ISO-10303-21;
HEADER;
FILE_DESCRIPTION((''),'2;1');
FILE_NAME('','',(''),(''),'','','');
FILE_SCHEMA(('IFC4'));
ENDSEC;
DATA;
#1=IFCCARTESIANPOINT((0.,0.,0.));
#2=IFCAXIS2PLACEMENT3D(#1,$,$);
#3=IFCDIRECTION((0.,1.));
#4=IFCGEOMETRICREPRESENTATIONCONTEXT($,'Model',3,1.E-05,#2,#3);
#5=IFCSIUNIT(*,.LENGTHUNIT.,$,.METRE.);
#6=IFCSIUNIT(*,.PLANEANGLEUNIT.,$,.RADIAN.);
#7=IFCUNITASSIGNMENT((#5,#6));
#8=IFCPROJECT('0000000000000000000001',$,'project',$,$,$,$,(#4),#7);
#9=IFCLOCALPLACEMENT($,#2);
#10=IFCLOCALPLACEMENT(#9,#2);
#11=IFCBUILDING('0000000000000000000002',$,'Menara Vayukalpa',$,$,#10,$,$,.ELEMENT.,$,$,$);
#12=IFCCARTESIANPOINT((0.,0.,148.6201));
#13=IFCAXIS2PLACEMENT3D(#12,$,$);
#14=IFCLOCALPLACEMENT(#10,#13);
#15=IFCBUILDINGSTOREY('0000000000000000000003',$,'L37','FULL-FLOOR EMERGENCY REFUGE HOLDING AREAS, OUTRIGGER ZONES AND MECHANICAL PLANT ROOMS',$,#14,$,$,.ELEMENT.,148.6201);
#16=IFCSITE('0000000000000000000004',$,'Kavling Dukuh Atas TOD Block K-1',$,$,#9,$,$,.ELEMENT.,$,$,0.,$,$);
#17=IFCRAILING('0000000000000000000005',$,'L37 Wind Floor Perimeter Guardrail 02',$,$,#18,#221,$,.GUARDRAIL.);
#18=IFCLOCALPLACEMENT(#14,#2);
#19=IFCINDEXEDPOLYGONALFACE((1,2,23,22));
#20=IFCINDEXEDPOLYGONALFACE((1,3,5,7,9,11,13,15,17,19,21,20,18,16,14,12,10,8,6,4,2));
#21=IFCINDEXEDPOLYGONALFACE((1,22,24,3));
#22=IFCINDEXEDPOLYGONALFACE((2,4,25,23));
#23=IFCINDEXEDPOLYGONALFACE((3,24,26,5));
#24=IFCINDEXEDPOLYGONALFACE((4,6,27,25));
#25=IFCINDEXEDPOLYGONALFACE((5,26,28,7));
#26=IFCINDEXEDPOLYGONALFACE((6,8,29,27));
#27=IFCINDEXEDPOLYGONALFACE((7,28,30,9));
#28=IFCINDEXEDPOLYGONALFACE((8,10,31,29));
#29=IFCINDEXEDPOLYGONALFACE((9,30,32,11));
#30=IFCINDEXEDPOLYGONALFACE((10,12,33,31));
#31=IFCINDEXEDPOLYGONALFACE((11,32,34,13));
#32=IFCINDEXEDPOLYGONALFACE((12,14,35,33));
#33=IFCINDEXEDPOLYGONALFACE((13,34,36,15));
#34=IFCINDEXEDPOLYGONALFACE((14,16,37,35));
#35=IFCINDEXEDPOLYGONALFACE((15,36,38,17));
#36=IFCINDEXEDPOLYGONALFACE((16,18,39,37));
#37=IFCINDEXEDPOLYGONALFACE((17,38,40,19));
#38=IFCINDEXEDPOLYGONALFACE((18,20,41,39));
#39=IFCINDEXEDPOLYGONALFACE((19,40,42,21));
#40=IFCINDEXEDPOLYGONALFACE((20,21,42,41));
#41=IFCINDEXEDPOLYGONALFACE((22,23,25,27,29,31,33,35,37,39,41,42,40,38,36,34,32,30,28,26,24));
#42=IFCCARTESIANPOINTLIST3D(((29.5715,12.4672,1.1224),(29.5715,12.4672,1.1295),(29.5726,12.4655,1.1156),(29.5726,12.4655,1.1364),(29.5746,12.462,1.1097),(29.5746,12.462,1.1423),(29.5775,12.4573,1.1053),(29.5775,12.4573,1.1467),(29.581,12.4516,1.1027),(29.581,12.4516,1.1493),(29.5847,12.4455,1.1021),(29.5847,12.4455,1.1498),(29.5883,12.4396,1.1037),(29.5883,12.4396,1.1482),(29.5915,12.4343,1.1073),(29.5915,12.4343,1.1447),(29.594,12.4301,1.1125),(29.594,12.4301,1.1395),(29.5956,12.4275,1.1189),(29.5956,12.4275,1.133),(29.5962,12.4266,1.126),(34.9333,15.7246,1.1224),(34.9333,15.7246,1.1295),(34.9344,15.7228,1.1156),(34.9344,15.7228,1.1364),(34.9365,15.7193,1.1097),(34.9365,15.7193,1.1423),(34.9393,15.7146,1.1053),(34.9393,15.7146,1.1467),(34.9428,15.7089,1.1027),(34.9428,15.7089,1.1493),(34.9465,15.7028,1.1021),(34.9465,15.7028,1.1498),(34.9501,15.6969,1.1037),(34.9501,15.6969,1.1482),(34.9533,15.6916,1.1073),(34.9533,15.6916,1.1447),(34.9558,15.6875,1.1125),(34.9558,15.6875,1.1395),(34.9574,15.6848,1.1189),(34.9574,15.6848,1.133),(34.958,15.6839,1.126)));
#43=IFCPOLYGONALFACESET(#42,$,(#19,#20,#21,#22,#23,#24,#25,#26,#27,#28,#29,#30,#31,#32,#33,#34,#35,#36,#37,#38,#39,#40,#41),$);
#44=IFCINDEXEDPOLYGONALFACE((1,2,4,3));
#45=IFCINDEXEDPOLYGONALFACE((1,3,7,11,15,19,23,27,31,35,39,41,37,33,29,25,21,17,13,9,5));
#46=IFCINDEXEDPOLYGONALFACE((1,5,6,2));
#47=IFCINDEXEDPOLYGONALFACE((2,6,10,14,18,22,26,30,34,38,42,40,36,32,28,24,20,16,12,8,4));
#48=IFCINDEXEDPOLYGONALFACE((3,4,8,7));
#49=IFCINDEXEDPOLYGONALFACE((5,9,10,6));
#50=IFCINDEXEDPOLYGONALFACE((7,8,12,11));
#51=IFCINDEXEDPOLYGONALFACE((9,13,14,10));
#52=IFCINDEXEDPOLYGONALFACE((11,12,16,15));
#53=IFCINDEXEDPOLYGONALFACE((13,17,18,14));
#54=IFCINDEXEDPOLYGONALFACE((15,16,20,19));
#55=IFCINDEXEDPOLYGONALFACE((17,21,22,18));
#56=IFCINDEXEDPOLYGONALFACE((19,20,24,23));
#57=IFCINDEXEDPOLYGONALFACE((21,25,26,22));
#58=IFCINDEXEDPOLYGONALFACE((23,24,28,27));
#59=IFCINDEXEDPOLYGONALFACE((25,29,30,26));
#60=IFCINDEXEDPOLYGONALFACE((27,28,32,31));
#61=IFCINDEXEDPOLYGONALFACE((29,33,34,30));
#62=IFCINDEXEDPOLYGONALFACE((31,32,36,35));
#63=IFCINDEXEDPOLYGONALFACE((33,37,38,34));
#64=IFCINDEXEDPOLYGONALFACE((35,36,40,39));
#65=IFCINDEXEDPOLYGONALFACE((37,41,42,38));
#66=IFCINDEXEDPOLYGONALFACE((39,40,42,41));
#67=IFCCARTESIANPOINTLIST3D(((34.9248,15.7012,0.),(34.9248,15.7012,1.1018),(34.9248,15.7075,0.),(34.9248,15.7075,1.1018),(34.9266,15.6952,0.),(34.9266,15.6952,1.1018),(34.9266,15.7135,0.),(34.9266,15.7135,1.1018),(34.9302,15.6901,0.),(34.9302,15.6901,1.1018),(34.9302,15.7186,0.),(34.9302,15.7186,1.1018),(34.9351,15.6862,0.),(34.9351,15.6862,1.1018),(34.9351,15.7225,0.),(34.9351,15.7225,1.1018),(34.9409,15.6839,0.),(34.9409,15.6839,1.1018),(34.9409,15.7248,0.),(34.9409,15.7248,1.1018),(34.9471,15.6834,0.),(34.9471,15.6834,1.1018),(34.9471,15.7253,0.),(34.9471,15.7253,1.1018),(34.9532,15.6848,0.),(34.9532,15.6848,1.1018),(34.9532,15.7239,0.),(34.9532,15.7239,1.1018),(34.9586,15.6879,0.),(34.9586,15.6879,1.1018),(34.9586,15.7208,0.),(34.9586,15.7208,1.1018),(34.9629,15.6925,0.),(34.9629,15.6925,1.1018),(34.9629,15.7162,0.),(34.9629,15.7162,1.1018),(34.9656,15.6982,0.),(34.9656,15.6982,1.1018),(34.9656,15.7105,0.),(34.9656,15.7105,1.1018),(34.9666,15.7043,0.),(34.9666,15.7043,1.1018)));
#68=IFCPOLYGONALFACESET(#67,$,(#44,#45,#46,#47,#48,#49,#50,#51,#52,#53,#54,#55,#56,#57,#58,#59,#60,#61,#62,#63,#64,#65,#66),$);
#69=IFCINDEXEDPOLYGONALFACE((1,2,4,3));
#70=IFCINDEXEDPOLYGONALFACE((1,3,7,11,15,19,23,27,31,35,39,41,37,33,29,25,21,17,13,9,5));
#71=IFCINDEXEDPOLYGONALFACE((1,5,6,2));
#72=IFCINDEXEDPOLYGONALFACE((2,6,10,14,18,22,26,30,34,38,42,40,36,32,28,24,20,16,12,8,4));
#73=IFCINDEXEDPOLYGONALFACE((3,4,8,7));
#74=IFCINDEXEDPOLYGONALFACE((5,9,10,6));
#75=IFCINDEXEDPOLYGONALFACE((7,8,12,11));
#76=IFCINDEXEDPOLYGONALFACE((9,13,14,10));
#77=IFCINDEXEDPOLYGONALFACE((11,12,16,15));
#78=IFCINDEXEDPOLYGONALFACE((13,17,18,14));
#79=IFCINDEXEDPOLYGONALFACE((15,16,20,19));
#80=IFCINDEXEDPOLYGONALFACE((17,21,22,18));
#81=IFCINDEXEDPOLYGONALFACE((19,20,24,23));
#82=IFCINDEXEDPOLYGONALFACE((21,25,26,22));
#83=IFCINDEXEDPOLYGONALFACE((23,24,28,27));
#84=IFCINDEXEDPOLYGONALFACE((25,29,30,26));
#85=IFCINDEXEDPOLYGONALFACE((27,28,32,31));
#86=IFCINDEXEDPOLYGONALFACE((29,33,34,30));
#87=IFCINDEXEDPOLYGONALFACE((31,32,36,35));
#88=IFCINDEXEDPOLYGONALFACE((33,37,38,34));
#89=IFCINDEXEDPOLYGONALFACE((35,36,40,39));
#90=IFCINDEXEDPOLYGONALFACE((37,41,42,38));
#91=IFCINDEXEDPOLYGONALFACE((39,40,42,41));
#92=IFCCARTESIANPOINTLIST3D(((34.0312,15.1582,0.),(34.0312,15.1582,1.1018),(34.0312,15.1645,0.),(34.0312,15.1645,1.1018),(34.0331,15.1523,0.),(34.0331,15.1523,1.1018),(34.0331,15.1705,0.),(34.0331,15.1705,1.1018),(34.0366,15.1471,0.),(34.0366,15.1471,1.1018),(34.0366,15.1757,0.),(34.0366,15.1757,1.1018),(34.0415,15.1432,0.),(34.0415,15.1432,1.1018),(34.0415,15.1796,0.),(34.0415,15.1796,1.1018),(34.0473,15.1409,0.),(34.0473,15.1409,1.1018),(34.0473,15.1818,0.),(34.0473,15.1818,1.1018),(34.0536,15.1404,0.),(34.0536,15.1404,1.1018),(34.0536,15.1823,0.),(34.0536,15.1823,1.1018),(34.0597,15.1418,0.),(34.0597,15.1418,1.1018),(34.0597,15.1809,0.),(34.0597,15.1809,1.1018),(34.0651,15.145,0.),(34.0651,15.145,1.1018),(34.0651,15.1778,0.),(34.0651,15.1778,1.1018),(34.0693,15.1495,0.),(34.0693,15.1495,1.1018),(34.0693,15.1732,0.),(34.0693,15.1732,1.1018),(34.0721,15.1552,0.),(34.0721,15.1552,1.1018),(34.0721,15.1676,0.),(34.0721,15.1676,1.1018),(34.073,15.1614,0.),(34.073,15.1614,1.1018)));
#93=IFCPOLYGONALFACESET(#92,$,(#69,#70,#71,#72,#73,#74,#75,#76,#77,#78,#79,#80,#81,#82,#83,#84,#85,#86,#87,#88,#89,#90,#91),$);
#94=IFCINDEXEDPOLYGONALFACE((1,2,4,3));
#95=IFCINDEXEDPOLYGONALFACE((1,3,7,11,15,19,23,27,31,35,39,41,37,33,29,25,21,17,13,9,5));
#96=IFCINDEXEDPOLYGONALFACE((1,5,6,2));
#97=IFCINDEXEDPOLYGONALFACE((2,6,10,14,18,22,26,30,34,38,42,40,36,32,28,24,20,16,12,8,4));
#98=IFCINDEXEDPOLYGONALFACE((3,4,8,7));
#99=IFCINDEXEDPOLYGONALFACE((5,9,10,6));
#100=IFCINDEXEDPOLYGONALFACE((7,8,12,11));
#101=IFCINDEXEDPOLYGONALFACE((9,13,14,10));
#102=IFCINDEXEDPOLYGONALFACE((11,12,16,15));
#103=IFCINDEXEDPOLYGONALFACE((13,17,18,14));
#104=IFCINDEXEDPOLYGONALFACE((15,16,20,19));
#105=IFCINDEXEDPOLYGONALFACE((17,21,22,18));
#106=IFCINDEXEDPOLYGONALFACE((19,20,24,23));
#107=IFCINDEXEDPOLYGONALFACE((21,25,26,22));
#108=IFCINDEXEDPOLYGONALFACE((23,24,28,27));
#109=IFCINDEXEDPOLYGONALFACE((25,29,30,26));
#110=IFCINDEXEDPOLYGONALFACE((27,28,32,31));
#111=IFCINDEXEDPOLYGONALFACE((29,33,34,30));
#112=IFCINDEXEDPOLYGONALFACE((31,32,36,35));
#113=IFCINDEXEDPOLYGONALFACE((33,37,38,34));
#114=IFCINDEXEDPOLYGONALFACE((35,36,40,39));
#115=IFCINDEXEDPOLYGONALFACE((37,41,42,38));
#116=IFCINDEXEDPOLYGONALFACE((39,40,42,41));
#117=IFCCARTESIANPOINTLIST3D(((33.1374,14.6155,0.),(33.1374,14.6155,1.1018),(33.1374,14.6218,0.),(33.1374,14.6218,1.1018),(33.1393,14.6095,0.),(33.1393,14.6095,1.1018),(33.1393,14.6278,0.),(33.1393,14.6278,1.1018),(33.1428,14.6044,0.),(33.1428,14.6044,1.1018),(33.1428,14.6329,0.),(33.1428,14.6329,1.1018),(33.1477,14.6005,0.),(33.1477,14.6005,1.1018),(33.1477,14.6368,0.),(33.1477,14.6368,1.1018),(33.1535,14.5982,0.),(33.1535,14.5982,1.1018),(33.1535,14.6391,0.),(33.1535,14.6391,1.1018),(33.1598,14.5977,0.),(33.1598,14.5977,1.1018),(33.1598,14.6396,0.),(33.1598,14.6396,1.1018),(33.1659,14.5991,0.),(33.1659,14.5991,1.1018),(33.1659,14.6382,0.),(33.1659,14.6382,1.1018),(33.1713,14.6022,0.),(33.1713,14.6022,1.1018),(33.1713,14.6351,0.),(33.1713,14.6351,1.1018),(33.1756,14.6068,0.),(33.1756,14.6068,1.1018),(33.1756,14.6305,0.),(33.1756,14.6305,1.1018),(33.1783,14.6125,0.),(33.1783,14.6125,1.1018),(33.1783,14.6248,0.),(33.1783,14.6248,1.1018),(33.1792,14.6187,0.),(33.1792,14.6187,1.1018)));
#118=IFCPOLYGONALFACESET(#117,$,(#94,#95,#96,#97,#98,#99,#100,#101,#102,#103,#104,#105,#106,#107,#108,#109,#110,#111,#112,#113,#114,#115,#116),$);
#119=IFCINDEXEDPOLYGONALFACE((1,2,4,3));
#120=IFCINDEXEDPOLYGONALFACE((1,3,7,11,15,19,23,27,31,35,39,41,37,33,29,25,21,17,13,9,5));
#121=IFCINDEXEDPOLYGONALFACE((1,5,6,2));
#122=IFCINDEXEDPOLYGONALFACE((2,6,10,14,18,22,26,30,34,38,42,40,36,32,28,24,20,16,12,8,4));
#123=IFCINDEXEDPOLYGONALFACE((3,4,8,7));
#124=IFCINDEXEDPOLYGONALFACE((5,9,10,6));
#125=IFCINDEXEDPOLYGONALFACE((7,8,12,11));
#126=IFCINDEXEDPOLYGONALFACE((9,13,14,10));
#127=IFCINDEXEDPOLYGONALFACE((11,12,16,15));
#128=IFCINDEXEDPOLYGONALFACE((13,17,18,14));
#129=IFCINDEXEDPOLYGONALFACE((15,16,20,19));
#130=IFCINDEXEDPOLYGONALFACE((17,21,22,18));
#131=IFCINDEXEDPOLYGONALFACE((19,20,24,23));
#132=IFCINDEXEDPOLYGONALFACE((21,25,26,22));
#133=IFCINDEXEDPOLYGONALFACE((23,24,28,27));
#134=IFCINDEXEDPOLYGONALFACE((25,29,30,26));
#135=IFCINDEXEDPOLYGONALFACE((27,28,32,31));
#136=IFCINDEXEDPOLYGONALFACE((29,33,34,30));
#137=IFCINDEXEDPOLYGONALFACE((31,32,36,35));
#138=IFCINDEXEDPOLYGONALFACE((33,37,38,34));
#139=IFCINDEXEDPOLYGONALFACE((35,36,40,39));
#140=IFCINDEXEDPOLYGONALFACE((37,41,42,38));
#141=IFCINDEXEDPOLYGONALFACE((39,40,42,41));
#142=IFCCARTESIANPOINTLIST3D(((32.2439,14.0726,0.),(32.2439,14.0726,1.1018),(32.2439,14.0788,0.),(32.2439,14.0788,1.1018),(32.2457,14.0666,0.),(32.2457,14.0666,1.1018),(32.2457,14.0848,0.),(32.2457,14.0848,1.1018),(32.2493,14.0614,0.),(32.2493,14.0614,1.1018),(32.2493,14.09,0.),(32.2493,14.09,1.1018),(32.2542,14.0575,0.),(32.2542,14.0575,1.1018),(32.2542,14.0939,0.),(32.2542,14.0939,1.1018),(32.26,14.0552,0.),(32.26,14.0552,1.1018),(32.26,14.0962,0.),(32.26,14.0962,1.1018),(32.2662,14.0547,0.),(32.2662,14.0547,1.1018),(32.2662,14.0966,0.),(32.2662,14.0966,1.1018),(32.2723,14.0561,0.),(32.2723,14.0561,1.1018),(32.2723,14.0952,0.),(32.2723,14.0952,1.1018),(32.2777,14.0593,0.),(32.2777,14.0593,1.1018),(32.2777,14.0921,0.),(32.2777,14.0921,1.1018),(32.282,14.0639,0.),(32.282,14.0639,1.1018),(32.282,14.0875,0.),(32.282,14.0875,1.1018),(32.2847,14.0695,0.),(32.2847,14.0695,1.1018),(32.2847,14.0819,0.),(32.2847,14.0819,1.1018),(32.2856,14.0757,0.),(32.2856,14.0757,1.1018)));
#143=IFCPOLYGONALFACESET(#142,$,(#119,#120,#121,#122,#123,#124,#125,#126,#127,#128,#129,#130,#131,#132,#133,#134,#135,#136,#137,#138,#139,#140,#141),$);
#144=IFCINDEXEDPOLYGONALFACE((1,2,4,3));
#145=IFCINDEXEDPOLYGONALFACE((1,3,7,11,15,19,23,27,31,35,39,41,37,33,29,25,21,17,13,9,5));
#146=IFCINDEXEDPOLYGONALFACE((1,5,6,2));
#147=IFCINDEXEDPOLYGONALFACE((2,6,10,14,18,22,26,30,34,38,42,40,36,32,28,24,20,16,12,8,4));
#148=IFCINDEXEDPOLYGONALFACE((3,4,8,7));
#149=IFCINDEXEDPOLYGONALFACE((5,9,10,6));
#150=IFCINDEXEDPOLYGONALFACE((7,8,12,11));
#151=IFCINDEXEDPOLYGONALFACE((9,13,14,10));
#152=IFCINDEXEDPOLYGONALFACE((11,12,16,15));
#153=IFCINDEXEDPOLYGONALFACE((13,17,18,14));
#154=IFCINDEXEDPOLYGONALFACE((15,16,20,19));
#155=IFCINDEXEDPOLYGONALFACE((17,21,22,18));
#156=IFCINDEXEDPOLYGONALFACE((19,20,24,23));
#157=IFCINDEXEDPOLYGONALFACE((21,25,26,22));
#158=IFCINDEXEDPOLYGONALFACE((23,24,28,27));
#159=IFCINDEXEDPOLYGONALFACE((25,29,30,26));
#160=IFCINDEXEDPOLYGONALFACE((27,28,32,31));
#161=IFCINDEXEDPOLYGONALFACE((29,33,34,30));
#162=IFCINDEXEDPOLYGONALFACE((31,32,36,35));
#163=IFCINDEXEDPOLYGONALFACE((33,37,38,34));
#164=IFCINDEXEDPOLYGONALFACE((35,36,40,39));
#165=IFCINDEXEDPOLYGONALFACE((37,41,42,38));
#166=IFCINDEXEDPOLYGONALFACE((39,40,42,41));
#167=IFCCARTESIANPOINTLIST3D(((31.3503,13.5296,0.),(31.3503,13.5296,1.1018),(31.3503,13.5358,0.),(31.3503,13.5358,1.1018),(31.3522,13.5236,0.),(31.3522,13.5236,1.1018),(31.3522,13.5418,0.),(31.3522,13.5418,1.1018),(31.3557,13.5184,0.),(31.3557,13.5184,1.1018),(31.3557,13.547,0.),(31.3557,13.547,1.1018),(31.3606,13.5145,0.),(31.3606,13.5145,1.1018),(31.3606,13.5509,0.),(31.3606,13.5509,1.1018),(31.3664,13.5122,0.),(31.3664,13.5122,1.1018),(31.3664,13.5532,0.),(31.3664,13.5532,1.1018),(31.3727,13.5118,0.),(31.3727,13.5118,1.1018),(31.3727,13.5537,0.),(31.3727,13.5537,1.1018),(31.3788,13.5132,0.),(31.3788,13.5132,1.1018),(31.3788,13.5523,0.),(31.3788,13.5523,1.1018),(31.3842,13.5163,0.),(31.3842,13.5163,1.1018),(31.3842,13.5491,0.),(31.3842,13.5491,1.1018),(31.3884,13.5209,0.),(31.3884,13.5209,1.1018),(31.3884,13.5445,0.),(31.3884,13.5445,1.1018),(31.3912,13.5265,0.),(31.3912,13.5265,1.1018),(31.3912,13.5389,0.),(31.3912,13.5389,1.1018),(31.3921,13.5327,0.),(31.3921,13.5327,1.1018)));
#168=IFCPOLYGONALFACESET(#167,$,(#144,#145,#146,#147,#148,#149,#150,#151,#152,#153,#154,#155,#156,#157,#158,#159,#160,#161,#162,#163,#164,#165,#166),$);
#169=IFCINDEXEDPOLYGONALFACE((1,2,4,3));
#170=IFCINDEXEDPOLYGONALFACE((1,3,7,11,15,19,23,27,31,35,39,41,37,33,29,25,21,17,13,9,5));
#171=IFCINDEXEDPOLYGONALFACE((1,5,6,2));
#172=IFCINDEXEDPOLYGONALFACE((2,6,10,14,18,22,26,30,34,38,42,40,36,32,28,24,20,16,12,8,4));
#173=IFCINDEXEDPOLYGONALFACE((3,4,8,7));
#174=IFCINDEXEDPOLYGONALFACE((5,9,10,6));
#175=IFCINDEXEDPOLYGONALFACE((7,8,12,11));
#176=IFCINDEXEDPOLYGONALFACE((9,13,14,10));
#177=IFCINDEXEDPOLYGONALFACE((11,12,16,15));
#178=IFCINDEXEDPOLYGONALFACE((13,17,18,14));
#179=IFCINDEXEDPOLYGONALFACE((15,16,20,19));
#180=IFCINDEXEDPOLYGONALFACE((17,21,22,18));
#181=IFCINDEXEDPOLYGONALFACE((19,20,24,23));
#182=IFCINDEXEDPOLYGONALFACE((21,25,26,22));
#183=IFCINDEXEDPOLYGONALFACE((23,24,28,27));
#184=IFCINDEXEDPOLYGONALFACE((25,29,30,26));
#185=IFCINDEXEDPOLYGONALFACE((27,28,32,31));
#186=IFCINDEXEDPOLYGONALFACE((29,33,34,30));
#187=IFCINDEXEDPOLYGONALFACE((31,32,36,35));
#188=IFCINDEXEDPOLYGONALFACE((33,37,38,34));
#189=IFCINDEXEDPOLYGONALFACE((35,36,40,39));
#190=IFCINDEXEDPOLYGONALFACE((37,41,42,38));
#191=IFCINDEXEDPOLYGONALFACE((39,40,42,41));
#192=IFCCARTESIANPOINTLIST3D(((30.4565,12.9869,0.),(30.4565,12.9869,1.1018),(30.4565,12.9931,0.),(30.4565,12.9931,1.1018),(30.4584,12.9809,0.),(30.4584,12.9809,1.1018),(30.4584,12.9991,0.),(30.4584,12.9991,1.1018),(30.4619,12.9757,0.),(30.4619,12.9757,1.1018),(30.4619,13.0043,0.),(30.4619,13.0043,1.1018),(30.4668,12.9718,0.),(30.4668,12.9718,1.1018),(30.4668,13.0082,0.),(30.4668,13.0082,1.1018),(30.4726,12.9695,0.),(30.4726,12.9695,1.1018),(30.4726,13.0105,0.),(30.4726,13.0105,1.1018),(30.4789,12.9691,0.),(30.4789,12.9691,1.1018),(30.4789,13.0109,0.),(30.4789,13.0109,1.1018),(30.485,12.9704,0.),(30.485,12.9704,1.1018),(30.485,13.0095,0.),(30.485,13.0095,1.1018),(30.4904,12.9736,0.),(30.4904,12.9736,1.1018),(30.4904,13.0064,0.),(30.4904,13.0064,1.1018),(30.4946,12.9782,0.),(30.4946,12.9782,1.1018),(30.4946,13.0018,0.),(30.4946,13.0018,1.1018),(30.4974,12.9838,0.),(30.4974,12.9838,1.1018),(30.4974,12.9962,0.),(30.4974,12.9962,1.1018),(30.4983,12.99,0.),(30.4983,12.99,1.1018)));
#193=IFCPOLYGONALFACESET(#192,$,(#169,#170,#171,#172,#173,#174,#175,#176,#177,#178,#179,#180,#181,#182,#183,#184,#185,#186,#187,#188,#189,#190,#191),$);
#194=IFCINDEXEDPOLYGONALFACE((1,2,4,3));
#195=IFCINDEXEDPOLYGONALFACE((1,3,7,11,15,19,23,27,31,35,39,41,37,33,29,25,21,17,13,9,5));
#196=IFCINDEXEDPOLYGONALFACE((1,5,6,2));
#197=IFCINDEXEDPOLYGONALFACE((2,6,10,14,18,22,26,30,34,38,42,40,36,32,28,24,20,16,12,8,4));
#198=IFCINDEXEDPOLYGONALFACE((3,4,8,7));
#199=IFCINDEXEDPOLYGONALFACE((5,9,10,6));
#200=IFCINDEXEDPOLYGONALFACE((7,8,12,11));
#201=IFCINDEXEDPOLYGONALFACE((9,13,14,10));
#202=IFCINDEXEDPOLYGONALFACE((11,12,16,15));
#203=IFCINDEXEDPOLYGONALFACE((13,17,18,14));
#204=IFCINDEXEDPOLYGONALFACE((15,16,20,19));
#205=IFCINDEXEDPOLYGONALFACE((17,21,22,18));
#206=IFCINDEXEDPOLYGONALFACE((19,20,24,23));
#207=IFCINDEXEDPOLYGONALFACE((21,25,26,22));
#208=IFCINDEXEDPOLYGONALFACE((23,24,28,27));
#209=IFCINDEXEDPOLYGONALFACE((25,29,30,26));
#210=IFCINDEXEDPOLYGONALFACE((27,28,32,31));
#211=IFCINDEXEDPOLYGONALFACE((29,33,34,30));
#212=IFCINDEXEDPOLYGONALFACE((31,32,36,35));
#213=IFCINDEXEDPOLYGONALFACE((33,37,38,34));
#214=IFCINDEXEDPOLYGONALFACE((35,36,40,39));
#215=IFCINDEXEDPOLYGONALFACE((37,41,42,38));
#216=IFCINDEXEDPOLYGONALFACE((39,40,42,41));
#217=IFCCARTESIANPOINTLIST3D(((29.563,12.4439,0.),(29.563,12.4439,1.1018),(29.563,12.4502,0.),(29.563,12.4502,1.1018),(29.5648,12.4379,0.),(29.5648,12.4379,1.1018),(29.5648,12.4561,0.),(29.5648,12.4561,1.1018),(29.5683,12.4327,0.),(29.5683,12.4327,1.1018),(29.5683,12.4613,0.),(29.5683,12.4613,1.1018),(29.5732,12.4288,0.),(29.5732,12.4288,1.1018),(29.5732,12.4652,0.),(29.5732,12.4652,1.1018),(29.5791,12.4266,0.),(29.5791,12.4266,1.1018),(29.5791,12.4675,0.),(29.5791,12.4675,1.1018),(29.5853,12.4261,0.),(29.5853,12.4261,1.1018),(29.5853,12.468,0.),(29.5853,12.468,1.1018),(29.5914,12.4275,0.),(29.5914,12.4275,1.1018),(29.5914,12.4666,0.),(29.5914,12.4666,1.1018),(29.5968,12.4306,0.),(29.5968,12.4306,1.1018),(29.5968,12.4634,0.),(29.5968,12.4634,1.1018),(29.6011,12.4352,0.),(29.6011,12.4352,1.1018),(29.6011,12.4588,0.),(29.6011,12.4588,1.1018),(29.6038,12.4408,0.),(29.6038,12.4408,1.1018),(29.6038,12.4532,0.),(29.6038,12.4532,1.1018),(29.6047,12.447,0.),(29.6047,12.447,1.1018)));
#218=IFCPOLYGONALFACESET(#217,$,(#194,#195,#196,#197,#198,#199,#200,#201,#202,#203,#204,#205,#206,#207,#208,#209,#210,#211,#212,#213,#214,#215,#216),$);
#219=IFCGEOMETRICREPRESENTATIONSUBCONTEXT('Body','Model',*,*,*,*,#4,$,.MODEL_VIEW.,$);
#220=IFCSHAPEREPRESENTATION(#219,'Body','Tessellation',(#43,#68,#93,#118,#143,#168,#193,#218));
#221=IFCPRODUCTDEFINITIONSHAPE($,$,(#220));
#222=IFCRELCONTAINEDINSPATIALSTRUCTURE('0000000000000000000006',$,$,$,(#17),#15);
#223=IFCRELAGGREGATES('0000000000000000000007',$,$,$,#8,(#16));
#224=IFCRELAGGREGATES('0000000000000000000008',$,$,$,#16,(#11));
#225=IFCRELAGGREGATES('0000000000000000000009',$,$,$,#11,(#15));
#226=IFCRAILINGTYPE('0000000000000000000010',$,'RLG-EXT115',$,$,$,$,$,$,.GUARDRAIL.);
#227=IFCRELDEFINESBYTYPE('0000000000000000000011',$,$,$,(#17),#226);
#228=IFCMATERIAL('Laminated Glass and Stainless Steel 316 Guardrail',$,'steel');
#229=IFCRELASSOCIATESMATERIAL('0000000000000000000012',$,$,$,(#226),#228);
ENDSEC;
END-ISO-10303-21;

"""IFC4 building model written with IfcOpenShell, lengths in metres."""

from ifc_helpers import new_model, si_unit, direction, frame, origin, origin_2d, place, context, subcontext, project, spatial, circle, extrude, material, type_object, element, save


model = new_model("IFC4")

# Units and contexts
model_context = context("Model", 3, precision=1e-05, world=origin(), true_north=direction((0.0, 1.0)))
body_context = subcontext(model_context, "Body", "Model", "MODEL_VIEW")
ifc_project = project(units=[si_unit("LENGTHUNIT", "METRE"), si_unit("PLANEANGLEUNIT", "RADIAN")], contexts=[model_context])

# Site, building, storey
site_placement = place(None, origin())
site = spatial("IfcSite", under=ifc_project, at=site_placement, Name="Kavling Dukuh Atas TOD Block K-1", CompositionType="ELEMENT", RefElevation=0.0)
building_placement = place(site_placement, origin())
building = spatial("IfcBuilding", under=site, at=building_placement, Name="Menara Vayukalpa", CompositionType="ELEMENT")
storey_placement = place(building_placement, frame((0.0, 0.0, 148.6201)))
storey = spatial("IfcBuildingStorey", under=building, at=storey_placement, Name="L37", Description="FULL-FLOOR EMERGENCY REFUGE HOLDING AREAS, OUTRIGGER ZONES AND MECHANICAL PLANT ROOMS", CompositionType="ELEMENT", Elevation=148.6201)

# Railing
ifc_material_1 = material(Name="Laminated Glass and Stainless Steel 316 Guardrail", Category="steel")
railing_type = type_object("IfcRailingType", Name="RLG-EXT115", PredefinedType="GUARDRAIL", material=ifc_material_1)
railing_1_placement = place(storey_placement, frame((34.9456, 15.7043, 0.0)))
element("IfcRailing", 1, at=railing_1_placement, inside=storey, type_object=railing_type, Name="L37 Wind Floor Perimeter Guardrail 02", PredefinedType="GUARDRAIL", context=body_context, shape_type="SweptSolid", body=[
    extrude(circle(Radius=0.0239, at=origin_2d()), frame((0.0, 0.0, 1.126), z_axis=(-0.854651, -0.519204, 0.0), x_axis=(0.519204, -0.854651, 0.0)), (0.0, 0.0, 1.0), 6.2737),
    extrude(circle(Radius=0.021, at=origin_2d()), origin(), (0.0, 0.0, 1.0), 1.1018),
    extrude(circle(Radius=0.021, at=origin_2d()), frame((-0.8936, -0.543, 0.0)), (0.0, 0.0, 1.0), 1.1018),
    extrude(circle(Radius=0.021, at=origin_2d()), frame((-1.7874, -1.0857, 0.0)), (0.0, 0.0, 1.0), 1.1018),
    extrude(circle(Radius=0.021, at=origin_2d()), frame((-2.6809, -1.6287, 0.0)), (0.0, 0.0, 1.0), 1.1018),
    extrude(circle(Radius=0.021, at=origin_2d()), frame((-3.5745, -2.1716, 0.0)), (0.0, 0.0, 1.0), 1.1018),
    extrude(circle(Radius=0.021, at=origin_2d()), frame((-4.4683, -2.7144, 0.0)), (0.0, 0.0, 1.0), 1.1018),
    extrude(circle(Radius=0.021, at=origin_2d()), frame((-5.3618, -3.2573, 0.0)), (0.0, 0.0, 1.0), 1.1018),
])

save(model, "model.ifc")
